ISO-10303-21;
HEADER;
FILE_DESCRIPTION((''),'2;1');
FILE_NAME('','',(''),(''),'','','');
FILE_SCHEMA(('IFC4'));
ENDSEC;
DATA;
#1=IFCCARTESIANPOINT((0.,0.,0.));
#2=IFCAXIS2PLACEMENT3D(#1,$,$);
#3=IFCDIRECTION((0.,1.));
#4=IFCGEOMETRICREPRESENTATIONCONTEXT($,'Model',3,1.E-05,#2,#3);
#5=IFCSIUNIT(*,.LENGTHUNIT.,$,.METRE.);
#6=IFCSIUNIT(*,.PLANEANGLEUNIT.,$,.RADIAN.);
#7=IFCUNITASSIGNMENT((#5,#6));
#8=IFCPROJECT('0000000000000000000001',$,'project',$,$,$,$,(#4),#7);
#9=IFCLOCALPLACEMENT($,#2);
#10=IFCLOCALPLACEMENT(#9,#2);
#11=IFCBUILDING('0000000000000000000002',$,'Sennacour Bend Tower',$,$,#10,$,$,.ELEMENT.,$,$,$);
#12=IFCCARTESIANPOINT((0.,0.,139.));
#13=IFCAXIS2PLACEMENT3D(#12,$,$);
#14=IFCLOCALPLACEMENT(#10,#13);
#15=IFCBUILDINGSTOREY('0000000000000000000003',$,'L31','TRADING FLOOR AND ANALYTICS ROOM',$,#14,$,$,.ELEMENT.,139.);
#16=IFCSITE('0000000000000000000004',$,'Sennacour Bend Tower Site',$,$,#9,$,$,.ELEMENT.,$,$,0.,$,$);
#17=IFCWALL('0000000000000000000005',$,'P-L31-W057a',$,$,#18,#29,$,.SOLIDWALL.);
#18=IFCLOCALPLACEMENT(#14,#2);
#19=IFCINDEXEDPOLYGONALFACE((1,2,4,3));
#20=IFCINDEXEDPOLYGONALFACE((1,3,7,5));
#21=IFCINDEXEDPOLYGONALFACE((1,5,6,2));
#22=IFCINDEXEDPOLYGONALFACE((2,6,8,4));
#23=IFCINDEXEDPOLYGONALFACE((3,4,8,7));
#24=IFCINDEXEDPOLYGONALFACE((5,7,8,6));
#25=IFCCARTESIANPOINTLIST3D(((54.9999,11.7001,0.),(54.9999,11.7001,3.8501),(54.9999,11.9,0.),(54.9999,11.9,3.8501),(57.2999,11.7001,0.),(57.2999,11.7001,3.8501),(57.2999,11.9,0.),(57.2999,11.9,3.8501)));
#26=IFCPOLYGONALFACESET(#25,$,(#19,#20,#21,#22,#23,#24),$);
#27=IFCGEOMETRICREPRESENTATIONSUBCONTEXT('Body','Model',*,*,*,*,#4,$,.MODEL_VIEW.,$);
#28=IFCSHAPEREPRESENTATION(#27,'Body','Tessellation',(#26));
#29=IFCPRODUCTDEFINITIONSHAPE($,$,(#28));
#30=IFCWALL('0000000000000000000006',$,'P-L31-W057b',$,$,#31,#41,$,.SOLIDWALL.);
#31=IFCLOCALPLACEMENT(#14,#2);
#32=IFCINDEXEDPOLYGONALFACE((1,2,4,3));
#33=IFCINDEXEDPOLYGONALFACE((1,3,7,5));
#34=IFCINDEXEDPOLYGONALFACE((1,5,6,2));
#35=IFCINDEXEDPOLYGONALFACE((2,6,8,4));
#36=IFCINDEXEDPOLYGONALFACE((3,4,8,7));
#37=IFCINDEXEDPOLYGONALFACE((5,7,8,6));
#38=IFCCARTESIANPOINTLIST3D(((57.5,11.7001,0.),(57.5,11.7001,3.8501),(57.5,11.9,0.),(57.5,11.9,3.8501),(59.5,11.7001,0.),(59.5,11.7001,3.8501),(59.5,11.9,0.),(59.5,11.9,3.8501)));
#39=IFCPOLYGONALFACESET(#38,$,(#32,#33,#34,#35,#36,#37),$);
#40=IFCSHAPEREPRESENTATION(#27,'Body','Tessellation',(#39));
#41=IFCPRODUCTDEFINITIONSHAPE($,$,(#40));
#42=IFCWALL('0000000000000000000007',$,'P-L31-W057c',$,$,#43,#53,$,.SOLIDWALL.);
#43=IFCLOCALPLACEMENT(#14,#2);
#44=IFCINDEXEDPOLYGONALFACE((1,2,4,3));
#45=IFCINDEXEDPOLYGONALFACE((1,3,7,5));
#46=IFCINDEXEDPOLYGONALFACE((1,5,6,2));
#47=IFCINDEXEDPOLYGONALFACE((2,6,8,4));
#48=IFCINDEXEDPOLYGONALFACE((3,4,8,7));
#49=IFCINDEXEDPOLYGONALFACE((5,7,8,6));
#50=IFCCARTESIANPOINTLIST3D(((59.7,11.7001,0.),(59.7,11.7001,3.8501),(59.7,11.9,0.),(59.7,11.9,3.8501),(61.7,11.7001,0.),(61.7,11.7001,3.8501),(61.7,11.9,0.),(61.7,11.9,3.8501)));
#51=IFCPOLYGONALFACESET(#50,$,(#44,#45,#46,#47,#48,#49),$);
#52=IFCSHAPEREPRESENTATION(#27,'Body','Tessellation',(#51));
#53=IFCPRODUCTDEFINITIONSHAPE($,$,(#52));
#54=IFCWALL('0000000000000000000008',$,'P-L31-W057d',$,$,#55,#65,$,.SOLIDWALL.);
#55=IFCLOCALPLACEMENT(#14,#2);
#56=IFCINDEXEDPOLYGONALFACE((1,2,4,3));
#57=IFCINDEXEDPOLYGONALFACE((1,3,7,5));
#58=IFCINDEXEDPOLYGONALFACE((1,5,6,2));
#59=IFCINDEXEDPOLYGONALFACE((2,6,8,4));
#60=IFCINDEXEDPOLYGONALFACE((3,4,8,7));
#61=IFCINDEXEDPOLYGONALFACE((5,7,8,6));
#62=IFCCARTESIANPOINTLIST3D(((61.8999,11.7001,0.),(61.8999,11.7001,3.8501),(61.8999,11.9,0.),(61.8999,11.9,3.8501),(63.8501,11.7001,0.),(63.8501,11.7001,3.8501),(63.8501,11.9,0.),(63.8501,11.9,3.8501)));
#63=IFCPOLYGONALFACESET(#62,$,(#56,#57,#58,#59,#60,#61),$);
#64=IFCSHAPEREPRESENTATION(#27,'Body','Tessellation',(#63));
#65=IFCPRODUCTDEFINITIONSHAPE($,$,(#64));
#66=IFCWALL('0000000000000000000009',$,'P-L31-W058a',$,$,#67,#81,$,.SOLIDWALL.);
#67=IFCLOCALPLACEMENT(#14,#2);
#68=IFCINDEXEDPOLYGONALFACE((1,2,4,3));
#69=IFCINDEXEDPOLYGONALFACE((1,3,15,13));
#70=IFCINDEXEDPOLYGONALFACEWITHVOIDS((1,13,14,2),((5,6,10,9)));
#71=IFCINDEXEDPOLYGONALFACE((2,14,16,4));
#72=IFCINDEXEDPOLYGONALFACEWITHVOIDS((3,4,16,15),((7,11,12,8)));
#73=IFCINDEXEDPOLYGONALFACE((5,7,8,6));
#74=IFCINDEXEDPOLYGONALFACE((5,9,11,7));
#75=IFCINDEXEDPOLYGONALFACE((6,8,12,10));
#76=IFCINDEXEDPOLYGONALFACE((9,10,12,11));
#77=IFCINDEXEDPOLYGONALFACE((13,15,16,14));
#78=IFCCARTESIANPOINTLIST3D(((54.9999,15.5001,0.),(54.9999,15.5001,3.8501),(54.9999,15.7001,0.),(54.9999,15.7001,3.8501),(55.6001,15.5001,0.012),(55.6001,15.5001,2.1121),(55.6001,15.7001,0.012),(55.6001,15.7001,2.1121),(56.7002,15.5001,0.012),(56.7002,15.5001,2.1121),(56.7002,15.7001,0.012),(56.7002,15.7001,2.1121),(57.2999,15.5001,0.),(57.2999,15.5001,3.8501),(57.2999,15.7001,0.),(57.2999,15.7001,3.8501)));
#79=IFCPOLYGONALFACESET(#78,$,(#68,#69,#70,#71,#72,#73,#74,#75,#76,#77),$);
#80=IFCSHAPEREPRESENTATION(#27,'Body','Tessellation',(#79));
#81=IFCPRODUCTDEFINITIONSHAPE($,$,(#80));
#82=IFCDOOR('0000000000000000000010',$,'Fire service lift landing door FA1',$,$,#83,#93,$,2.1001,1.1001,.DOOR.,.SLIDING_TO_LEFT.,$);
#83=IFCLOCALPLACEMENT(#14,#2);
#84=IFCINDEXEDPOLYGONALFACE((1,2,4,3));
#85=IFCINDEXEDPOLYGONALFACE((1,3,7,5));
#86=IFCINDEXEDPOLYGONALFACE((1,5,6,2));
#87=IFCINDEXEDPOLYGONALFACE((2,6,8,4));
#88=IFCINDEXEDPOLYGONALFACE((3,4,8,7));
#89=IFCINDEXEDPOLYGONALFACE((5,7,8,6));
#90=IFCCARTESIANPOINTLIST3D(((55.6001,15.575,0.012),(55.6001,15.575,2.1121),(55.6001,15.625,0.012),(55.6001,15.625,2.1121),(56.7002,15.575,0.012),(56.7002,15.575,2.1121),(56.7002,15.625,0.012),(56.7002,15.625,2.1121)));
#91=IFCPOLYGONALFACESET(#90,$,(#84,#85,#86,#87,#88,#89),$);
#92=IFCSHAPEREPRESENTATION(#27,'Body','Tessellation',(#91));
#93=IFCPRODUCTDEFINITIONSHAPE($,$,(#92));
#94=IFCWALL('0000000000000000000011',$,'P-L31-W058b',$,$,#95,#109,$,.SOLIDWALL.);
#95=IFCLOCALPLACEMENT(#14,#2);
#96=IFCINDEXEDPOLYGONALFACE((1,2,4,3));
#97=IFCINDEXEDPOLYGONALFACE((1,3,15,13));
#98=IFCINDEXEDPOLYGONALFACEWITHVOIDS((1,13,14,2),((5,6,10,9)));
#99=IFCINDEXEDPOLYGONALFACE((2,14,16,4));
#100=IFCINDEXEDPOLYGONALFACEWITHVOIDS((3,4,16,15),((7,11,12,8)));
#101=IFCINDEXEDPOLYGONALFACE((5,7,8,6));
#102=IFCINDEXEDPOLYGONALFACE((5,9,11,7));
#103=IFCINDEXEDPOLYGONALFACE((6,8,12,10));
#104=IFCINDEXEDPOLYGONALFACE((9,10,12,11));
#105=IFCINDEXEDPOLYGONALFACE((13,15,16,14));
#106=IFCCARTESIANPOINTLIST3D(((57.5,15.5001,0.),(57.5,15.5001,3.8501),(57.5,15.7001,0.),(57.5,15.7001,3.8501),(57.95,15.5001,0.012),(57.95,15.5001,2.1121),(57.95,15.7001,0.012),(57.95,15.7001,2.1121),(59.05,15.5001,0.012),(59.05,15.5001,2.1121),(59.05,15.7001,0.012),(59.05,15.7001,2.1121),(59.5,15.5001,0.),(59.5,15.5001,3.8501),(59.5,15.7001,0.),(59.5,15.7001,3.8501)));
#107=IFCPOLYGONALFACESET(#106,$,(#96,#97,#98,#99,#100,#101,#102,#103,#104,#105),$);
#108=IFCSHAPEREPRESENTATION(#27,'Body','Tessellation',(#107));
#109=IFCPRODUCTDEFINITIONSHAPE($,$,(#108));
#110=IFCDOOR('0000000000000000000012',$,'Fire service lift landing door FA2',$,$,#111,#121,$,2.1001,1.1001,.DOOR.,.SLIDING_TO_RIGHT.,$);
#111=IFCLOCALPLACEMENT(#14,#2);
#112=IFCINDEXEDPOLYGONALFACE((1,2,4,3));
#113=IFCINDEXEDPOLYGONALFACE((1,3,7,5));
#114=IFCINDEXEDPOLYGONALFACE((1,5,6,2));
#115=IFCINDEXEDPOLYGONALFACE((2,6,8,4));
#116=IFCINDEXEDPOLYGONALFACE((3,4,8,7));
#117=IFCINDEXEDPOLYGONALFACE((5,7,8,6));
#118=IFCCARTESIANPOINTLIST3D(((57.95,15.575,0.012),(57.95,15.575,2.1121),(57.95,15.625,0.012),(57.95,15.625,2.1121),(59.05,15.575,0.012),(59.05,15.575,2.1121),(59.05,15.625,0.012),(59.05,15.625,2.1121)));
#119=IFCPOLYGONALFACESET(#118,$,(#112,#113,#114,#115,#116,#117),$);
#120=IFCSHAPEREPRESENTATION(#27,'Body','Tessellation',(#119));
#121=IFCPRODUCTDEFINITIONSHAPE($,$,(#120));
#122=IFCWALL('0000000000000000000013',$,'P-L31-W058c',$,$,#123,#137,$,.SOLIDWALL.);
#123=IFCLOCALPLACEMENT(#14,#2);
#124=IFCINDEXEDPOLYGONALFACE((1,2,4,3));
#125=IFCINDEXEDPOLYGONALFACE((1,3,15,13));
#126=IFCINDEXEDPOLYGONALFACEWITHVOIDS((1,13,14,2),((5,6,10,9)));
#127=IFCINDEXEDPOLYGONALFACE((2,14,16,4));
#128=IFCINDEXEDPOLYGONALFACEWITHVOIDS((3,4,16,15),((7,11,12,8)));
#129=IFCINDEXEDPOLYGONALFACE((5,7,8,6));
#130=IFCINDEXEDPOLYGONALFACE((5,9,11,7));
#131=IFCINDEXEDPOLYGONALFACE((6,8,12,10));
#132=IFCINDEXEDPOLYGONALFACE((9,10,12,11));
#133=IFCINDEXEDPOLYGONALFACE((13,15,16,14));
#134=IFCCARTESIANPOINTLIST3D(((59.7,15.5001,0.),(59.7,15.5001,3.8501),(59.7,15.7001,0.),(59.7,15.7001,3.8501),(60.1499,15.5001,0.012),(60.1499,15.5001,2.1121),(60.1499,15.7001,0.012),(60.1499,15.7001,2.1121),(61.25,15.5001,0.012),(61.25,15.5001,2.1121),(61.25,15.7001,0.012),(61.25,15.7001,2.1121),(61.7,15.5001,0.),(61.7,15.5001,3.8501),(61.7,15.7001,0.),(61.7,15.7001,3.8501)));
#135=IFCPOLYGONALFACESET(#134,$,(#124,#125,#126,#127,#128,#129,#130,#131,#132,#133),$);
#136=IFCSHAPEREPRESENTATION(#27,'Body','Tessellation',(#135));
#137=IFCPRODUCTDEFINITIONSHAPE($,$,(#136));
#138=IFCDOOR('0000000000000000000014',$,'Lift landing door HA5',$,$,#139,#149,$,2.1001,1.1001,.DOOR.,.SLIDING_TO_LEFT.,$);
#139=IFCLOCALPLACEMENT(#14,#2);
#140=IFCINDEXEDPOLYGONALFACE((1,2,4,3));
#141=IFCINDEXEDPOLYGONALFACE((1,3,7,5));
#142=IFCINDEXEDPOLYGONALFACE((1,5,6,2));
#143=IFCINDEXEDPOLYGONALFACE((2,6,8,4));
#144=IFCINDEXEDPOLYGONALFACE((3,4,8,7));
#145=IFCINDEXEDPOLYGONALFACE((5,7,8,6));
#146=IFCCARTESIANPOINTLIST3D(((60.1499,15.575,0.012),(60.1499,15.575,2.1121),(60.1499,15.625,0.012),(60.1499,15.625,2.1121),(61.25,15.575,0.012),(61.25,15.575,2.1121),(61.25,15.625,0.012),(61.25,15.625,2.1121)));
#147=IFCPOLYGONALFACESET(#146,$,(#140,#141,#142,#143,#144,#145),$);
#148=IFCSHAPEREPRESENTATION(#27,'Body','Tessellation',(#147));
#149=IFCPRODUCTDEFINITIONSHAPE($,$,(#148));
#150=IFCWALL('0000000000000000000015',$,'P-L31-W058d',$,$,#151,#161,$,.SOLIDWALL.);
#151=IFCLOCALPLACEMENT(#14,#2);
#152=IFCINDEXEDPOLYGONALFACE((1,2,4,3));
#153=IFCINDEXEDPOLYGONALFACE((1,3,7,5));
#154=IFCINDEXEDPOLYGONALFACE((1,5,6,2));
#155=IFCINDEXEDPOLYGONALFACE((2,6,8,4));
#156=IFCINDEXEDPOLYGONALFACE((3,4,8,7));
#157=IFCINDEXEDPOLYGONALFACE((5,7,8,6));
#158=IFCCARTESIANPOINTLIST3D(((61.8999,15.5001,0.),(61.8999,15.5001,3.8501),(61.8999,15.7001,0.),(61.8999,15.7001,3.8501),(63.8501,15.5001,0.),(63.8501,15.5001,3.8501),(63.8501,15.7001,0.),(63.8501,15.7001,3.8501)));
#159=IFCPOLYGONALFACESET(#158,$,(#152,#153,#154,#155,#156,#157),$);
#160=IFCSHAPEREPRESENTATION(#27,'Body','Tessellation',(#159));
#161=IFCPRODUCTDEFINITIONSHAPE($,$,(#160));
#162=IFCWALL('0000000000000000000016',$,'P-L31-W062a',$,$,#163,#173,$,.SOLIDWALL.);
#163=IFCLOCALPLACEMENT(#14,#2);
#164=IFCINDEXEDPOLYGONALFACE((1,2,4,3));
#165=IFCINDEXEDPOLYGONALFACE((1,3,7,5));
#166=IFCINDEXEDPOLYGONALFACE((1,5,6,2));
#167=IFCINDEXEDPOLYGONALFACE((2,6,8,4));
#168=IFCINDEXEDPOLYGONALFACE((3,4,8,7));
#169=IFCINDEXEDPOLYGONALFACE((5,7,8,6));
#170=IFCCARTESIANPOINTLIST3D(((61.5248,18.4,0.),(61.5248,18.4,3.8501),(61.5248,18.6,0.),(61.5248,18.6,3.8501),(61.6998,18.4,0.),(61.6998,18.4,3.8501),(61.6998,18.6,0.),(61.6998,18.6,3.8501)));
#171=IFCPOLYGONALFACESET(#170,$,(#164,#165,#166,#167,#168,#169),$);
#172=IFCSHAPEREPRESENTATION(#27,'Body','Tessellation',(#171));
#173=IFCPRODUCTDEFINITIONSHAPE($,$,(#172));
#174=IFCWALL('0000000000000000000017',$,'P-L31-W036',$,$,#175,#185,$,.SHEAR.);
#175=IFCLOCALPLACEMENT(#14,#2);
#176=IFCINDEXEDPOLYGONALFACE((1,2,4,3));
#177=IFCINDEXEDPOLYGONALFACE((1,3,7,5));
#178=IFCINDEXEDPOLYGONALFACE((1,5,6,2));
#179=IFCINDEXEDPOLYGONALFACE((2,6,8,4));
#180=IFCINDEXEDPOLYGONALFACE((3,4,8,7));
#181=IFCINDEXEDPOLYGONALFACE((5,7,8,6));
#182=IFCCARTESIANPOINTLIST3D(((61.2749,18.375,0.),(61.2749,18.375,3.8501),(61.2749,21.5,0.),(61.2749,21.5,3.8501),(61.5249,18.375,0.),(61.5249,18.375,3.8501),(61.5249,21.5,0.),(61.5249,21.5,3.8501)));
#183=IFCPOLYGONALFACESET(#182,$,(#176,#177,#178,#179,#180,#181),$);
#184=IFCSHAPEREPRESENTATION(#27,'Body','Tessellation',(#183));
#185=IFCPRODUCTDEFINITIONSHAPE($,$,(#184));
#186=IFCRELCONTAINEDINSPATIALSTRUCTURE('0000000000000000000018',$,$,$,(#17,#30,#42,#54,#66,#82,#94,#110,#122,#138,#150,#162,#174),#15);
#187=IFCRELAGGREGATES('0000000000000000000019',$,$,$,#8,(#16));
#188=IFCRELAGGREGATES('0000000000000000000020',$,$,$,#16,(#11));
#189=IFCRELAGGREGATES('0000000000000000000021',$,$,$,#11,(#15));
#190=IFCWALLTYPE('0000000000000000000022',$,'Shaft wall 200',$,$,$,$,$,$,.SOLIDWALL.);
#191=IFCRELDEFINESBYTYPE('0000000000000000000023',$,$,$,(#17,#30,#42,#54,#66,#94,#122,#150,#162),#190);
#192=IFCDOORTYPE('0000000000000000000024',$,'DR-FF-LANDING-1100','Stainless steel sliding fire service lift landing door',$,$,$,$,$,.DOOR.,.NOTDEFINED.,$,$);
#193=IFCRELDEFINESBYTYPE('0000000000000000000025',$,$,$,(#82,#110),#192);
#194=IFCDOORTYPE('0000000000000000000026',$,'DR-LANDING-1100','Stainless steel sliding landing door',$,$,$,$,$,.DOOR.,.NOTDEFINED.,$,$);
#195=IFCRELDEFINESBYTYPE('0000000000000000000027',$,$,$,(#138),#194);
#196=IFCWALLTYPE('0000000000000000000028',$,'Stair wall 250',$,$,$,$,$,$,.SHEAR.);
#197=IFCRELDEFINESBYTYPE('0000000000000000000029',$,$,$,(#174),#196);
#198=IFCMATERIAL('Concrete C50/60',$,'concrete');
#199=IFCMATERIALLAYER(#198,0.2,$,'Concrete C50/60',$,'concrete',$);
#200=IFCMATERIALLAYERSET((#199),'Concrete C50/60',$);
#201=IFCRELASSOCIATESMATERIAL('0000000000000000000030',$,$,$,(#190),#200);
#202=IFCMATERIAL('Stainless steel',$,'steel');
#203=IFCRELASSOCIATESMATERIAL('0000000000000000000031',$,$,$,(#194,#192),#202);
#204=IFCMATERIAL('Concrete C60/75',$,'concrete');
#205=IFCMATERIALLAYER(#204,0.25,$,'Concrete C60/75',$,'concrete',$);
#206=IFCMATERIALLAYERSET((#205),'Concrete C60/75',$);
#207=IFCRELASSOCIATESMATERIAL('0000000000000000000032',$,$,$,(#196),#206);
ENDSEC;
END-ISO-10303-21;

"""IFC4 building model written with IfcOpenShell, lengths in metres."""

from ifc_helpers import new_model, si_unit, direction, frame, frame_2d, origin, place, context, subcontext, project, spatial, rectangle, extrude, material, layer, layer_set, type_object, element, fill, save


model = new_model("IFC4")

# Units and contexts
model_context = context("Model", 3, precision=1e-05, world=origin(), true_north=direction((0.0, 1.0)))
body_context = subcontext(model_context, "Body", "Model", "MODEL_VIEW")
ifc_project = project(units=[si_unit("LENGTHUNIT", "METRE"), si_unit("PLANEANGLEUNIT", "RADIAN")], contexts=[model_context])

# Site, building, storey
site_placement = place(None, origin())
site = spatial("IfcSite", under=ifc_project, at=site_placement, Name="Sennacour Bend Tower Site", CompositionType="ELEMENT", RefElevation=0.0)
building_placement = place(site_placement, origin())
building = spatial("IfcBuilding", under=site, at=building_placement, Name="Sennacour Bend Tower", CompositionType="ELEMENT")
storey_placement = place(building_placement, frame((0.0, 0.0, 139.0)))
storey = spatial("IfcBuildingStorey", under=building, at=storey_placement, Name="L31", Description="TRADING FLOOR AND ANALYTICS ROOM", CompositionType="ELEMENT", Elevation=139.0)

# Shared definitions
ifc_material_1 = material(Name="Concrete C50/60", Category="concrete")
ifc_layer_1 = layer(ifc_material_1, 0.2, Name="Concrete C50/60", Category="concrete")
ifc_layer_set_1 = layer_set([ifc_layer_1], Name="Concrete C50/60")
wall_type_1 = type_object("IfcWallType", Name="Shaft wall 200", PredefinedType="SOLIDWALL", material=ifc_layer_set_1)

# Shared definitions
ifc_material_2 = material(Name="Stainless steel", Category="steel")
door_type_1 = type_object("IfcDoorType", Name="DR-LANDING-1100", Description="Stainless steel sliding landing door", OperationType="NOTDEFINED", PredefinedType="DOOR", material=ifc_material_2)

# Walls
wall_1_placement = place(storey_placement, frame((55.0, 11.8, 0.0), z_axis=(0.0, 0.0, 1.0), x_axis=(1.0, 0.0, 0.0)))
element("IfcWall", 1, at=wall_1_placement, inside=storey, type_object=wall_type_1, Name="P-L31-W057a", PredefinedType="SOLIDWALL", context=body_context, shape_type="SweptSolid", body=[
    extrude(rectangle(XDim=2.3, YDim=0.2, at=frame_2d((1.1499, 0.0))), origin(), (0.0, 0.0, 1.0), 3.8501),
])
for number, where, z_axis, x_axis, name in (
    (2, (57.5, 11.8, 0.0), (0.0, 0.0, 1.0), (1.0, 0.0, 0.0), "P-L31-W057b"),
    (3, (59.7, 11.8, 0.0), (0.0, 0.0, 1.0), (1.0, 0.0, 0.0), "P-L31-W057c"),
):
    element("IfcWall", number, at=place(storey_placement, frame(where, z_axis=z_axis, x_axis=x_axis)), inside=storey, type_object=wall_type_1, Name=name, PredefinedType="SOLIDWALL", context=body_context, shape_type="SweptSolid", body=[
        extrude(rectangle(XDim=2.0, YDim=0.2, at=frame_2d((1.0, 0.0))), origin(), (0.0, 0.0, 1.0), 3.8501),
    ])
wall_2_placement = place(storey_placement, frame((61.8999, 11.8, 0.0), z_axis=(0.0, 0.0, 1.0), x_axis=(1.0, 0.0, 0.0)))
element("IfcWall", 4, at=wall_2_placement, inside=storey, type_object=wall_type_1, Name="P-L31-W057d", PredefinedType="SOLIDWALL", context=body_context, shape_type="SweptSolid", body=[
    extrude(rectangle(XDim=1.9502, YDim=0.2, at=frame_2d((0.9751, 0.0))), origin(), (0.0, 0.0, 1.0), 3.8501),
])

# Walls, openings, doors
wall_3_placement = place(storey_placement, frame((55.0, 15.6001, 0.0), z_axis=(0.0, 0.0, 1.0), x_axis=(1.0, 0.0, 0.0)))
wall_3 = element("IfcWall", 5, at=wall_3_placement, inside=storey, type_object=wall_type_1, Name="P-L31-W058a", PredefinedType="SOLIDWALL", context=body_context, shape_type="SweptSolid", body=[
    extrude(rectangle(XDim=2.3, YDim=0.2, at=frame_2d((1.1499, 0.0))), origin(), (0.0, 0.0, 1.0), 3.8501),
])
opening_1_placement = place(wall_3_placement, frame((0.6001, 0.0, 0.012)))
opening_1 = element("IfcOpeningElement", 6, at=opening_1_placement, cuts=wall_3, PredefinedType="OPENING", context=body_context, shape_type="SweptSolid", body=[
    extrude(rectangle(XDim=1.1001, YDim=2.1001, at=frame_2d((0.55, 1.05))), frame((0.0, 0.1099, 0.0), z_axis=(0.0, -1.0, 0.0), x_axis=(1.0, 0.0, 0.0)), (0.0, 0.0, 1.0), 0.22),
])
door_type_2 = type_object("IfcDoorType", Name="DR-FF-LANDING-1100", Description="Stainless steel sliding fire service lift landing door", OperationType="NOTDEFINED", PredefinedType="DOOR", material=ifc_material_2)
door_1_placement = place(opening_1_placement, origin())
door_1 = element("IfcDoor", 7, at=door_1_placement, inside=storey, type_object=door_type_2, Name="Fire service lift landing door FA1", OperationType="SLIDING_TO_LEFT", OverallHeight=2.1001, OverallWidth=1.1001, PredefinedType="DOOR", context=body_context, shape_type="SweptSolid", body=[
    extrude(rectangle(XDim=1.1001, YDim=2.1001, at=frame_2d((0.55, 1.05))), frame((0.0, 0.0249, 0.0), z_axis=(0.0, -1.0, 0.0), x_axis=(1.0, 0.0, 0.0)), (0.0, 0.0, 1.0), 0.05),
])
fill(opening_1, door_1)
wall_4_placement = place(storey_placement, frame((57.5, 15.6001, 0.0), z_axis=(0.0, 0.0, 1.0), x_axis=(1.0, 0.0, 0.0)))
wall_4 = element("IfcWall", 8, at=wall_4_placement, inside=storey, type_object=wall_type_1, Name="P-L31-W058b", PredefinedType="SOLIDWALL", context=body_context, shape_type="SweptSolid", body=[
    extrude(rectangle(XDim=2.0, YDim=0.2, at=frame_2d((1.0, 0.0))), origin(), (0.0, 0.0, 1.0), 3.8501),
])
opening_2_placement = place(wall_4_placement, frame((0.45, 0.0, 0.012)))
opening_2 = element("IfcOpeningElement", 9, at=opening_2_placement, cuts=wall_4, PredefinedType="OPENING", context=body_context, shape_type="SweptSolid", body=[
    extrude(rectangle(XDim=1.1001, YDim=2.1001, at=frame_2d((0.55, 1.05))), frame((0.0, 0.1099, 0.0), z_axis=(0.0, -1.0, 0.0), x_axis=(1.0, 0.0, 0.0)), (0.0, 0.0, 1.0), 0.22),
])
door_2_placement = place(opening_2_placement, origin())
door_2 = element("IfcDoor", 10, at=door_2_placement, inside=storey, type_object=door_type_2, Name="Fire service lift landing door FA2", OperationType="SLIDING_TO_RIGHT", OverallHeight=2.1001, OverallWidth=1.1001, PredefinedType="DOOR", context=body_context, shape_type="SweptSolid", body=[
    extrude(rectangle(XDim=1.1001, YDim=2.1001, at=frame_2d((0.55, 1.05))), frame((0.0, 0.0249, 0.0), z_axis=(0.0, -1.0, 0.0), x_axis=(1.0, 0.0, 0.0)), (0.0, 0.0, 1.0), 0.05),
])
fill(opening_2, door_2)
wall_5_placement = place(storey_placement, frame((59.7, 15.6001, 0.0), z_axis=(0.0, 0.0, 1.0), x_axis=(1.0, 0.0, 0.0)))
wall_5 = element("IfcWall", 11, at=wall_5_placement, inside=storey, type_object=wall_type_1, Name="P-L31-W058c", PredefinedType="SOLIDWALL", context=body_context, shape_type="SweptSolid", body=[
    extrude(rectangle(XDim=2.0, YDim=0.2, at=frame_2d((1.0, 0.0))), origin(), (0.0, 0.0, 1.0), 3.8501),
])
opening_3_placement = place(wall_5_placement, frame((0.45, 0.0, 0.012)))
opening_3 = element("IfcOpeningElement", 12, at=opening_3_placement, cuts=wall_5, PredefinedType="OPENING", context=body_context, shape_type="SweptSolid", body=[
    extrude(rectangle(XDim=1.1001, YDim=2.1001, at=frame_2d((0.55, 1.05))), frame((0.0, 0.1099, 0.0), z_axis=(0.0, -1.0, 0.0), x_axis=(1.0, 0.0, 0.0)), (0.0, 0.0, 1.0), 0.22),
])
door_3_placement = place(opening_3_placement, origin())
door_3 = element("IfcDoor", 13, at=door_3_placement, inside=storey, type_object=door_type_1, Name="Lift landing door HA5", OperationType="SLIDING_TO_LEFT", OverallHeight=2.1001, OverallWidth=1.1001, PredefinedType="DOOR", context=body_context, shape_type="SweptSolid", body=[
    extrude(rectangle(XDim=1.1001, YDim=2.1001, at=frame_2d((0.55, 1.05))), frame((0.0, 0.0249, 0.0), z_axis=(0.0, -1.0, 0.0), x_axis=(1.0, 0.0, 0.0)), (0.0, 0.0, 1.0), 0.05),
])
fill(opening_3, door_3)

# Walls
wall_6_placement = place(storey_placement, frame((61.8999, 15.6001, 0.0), z_axis=(0.0, 0.0, 1.0), x_axis=(1.0, 0.0, 0.0)))
element("IfcWall", 14, at=wall_6_placement, inside=storey, type_object=wall_type_1, Name="P-L31-W058d", PredefinedType="SOLIDWALL", context=body_context, shape_type="SweptSolid", body=[
    extrude(rectangle(XDim=1.9502, YDim=0.2, at=frame_2d((0.9751, 0.0))), origin(), (0.0, 0.0, 1.0), 3.8501),
])
wall_7_placement = place(storey_placement, frame((61.5249, 18.5, 0.0), z_axis=(0.0, 0.0, 1.0), x_axis=(1.0, 0.0, 0.0)))
element("IfcWall", 15, at=wall_7_placement, inside=storey, type_object=wall_type_1, Name="P-L31-W062a", PredefinedType="SOLIDWALL", context=body_context, shape_type="SweptSolid", body=[
    extrude(rectangle(XDim=0.175, YDim=0.2, at=frame_2d((0.0874, 0.0))), origin(), (0.0, 0.0, 1.0), 3.8501),
])
ifc_material_3 = material(Name="Concrete C60/75", Category="concrete")
ifc_layer_2 = layer(ifc_material_3, 0.25, Name="Concrete C60/75", Category="concrete")
ifc_layer_set_2 = layer_set([ifc_layer_2], Name="Concrete C60/75")
wall_type_2 = type_object("IfcWallType", Name="Stair wall 250", PredefinedType="SHEAR", material=ifc_layer_set_2)
wall_8_placement = place(storey_placement, frame((61.3999, 18.375, 0.0), z_axis=(0.0, 0.0, 1.0), x_axis=(0.0, 1.0, 0.0)))
element("IfcWall", 16, at=wall_8_placement, inside=storey, type_object=wall_type_2, Name="P-L31-W036", PredefinedType="SHEAR", context=body_context, shape_type="SweptSolid", body=[
    extrude(rectangle(XDim=3.125, YDim=0.25, at=frame_2d((1.5625, 0.0))), origin(), (0.0, 0.0, 1.0), 3.8501),
])

save(model, "model.ifc")
